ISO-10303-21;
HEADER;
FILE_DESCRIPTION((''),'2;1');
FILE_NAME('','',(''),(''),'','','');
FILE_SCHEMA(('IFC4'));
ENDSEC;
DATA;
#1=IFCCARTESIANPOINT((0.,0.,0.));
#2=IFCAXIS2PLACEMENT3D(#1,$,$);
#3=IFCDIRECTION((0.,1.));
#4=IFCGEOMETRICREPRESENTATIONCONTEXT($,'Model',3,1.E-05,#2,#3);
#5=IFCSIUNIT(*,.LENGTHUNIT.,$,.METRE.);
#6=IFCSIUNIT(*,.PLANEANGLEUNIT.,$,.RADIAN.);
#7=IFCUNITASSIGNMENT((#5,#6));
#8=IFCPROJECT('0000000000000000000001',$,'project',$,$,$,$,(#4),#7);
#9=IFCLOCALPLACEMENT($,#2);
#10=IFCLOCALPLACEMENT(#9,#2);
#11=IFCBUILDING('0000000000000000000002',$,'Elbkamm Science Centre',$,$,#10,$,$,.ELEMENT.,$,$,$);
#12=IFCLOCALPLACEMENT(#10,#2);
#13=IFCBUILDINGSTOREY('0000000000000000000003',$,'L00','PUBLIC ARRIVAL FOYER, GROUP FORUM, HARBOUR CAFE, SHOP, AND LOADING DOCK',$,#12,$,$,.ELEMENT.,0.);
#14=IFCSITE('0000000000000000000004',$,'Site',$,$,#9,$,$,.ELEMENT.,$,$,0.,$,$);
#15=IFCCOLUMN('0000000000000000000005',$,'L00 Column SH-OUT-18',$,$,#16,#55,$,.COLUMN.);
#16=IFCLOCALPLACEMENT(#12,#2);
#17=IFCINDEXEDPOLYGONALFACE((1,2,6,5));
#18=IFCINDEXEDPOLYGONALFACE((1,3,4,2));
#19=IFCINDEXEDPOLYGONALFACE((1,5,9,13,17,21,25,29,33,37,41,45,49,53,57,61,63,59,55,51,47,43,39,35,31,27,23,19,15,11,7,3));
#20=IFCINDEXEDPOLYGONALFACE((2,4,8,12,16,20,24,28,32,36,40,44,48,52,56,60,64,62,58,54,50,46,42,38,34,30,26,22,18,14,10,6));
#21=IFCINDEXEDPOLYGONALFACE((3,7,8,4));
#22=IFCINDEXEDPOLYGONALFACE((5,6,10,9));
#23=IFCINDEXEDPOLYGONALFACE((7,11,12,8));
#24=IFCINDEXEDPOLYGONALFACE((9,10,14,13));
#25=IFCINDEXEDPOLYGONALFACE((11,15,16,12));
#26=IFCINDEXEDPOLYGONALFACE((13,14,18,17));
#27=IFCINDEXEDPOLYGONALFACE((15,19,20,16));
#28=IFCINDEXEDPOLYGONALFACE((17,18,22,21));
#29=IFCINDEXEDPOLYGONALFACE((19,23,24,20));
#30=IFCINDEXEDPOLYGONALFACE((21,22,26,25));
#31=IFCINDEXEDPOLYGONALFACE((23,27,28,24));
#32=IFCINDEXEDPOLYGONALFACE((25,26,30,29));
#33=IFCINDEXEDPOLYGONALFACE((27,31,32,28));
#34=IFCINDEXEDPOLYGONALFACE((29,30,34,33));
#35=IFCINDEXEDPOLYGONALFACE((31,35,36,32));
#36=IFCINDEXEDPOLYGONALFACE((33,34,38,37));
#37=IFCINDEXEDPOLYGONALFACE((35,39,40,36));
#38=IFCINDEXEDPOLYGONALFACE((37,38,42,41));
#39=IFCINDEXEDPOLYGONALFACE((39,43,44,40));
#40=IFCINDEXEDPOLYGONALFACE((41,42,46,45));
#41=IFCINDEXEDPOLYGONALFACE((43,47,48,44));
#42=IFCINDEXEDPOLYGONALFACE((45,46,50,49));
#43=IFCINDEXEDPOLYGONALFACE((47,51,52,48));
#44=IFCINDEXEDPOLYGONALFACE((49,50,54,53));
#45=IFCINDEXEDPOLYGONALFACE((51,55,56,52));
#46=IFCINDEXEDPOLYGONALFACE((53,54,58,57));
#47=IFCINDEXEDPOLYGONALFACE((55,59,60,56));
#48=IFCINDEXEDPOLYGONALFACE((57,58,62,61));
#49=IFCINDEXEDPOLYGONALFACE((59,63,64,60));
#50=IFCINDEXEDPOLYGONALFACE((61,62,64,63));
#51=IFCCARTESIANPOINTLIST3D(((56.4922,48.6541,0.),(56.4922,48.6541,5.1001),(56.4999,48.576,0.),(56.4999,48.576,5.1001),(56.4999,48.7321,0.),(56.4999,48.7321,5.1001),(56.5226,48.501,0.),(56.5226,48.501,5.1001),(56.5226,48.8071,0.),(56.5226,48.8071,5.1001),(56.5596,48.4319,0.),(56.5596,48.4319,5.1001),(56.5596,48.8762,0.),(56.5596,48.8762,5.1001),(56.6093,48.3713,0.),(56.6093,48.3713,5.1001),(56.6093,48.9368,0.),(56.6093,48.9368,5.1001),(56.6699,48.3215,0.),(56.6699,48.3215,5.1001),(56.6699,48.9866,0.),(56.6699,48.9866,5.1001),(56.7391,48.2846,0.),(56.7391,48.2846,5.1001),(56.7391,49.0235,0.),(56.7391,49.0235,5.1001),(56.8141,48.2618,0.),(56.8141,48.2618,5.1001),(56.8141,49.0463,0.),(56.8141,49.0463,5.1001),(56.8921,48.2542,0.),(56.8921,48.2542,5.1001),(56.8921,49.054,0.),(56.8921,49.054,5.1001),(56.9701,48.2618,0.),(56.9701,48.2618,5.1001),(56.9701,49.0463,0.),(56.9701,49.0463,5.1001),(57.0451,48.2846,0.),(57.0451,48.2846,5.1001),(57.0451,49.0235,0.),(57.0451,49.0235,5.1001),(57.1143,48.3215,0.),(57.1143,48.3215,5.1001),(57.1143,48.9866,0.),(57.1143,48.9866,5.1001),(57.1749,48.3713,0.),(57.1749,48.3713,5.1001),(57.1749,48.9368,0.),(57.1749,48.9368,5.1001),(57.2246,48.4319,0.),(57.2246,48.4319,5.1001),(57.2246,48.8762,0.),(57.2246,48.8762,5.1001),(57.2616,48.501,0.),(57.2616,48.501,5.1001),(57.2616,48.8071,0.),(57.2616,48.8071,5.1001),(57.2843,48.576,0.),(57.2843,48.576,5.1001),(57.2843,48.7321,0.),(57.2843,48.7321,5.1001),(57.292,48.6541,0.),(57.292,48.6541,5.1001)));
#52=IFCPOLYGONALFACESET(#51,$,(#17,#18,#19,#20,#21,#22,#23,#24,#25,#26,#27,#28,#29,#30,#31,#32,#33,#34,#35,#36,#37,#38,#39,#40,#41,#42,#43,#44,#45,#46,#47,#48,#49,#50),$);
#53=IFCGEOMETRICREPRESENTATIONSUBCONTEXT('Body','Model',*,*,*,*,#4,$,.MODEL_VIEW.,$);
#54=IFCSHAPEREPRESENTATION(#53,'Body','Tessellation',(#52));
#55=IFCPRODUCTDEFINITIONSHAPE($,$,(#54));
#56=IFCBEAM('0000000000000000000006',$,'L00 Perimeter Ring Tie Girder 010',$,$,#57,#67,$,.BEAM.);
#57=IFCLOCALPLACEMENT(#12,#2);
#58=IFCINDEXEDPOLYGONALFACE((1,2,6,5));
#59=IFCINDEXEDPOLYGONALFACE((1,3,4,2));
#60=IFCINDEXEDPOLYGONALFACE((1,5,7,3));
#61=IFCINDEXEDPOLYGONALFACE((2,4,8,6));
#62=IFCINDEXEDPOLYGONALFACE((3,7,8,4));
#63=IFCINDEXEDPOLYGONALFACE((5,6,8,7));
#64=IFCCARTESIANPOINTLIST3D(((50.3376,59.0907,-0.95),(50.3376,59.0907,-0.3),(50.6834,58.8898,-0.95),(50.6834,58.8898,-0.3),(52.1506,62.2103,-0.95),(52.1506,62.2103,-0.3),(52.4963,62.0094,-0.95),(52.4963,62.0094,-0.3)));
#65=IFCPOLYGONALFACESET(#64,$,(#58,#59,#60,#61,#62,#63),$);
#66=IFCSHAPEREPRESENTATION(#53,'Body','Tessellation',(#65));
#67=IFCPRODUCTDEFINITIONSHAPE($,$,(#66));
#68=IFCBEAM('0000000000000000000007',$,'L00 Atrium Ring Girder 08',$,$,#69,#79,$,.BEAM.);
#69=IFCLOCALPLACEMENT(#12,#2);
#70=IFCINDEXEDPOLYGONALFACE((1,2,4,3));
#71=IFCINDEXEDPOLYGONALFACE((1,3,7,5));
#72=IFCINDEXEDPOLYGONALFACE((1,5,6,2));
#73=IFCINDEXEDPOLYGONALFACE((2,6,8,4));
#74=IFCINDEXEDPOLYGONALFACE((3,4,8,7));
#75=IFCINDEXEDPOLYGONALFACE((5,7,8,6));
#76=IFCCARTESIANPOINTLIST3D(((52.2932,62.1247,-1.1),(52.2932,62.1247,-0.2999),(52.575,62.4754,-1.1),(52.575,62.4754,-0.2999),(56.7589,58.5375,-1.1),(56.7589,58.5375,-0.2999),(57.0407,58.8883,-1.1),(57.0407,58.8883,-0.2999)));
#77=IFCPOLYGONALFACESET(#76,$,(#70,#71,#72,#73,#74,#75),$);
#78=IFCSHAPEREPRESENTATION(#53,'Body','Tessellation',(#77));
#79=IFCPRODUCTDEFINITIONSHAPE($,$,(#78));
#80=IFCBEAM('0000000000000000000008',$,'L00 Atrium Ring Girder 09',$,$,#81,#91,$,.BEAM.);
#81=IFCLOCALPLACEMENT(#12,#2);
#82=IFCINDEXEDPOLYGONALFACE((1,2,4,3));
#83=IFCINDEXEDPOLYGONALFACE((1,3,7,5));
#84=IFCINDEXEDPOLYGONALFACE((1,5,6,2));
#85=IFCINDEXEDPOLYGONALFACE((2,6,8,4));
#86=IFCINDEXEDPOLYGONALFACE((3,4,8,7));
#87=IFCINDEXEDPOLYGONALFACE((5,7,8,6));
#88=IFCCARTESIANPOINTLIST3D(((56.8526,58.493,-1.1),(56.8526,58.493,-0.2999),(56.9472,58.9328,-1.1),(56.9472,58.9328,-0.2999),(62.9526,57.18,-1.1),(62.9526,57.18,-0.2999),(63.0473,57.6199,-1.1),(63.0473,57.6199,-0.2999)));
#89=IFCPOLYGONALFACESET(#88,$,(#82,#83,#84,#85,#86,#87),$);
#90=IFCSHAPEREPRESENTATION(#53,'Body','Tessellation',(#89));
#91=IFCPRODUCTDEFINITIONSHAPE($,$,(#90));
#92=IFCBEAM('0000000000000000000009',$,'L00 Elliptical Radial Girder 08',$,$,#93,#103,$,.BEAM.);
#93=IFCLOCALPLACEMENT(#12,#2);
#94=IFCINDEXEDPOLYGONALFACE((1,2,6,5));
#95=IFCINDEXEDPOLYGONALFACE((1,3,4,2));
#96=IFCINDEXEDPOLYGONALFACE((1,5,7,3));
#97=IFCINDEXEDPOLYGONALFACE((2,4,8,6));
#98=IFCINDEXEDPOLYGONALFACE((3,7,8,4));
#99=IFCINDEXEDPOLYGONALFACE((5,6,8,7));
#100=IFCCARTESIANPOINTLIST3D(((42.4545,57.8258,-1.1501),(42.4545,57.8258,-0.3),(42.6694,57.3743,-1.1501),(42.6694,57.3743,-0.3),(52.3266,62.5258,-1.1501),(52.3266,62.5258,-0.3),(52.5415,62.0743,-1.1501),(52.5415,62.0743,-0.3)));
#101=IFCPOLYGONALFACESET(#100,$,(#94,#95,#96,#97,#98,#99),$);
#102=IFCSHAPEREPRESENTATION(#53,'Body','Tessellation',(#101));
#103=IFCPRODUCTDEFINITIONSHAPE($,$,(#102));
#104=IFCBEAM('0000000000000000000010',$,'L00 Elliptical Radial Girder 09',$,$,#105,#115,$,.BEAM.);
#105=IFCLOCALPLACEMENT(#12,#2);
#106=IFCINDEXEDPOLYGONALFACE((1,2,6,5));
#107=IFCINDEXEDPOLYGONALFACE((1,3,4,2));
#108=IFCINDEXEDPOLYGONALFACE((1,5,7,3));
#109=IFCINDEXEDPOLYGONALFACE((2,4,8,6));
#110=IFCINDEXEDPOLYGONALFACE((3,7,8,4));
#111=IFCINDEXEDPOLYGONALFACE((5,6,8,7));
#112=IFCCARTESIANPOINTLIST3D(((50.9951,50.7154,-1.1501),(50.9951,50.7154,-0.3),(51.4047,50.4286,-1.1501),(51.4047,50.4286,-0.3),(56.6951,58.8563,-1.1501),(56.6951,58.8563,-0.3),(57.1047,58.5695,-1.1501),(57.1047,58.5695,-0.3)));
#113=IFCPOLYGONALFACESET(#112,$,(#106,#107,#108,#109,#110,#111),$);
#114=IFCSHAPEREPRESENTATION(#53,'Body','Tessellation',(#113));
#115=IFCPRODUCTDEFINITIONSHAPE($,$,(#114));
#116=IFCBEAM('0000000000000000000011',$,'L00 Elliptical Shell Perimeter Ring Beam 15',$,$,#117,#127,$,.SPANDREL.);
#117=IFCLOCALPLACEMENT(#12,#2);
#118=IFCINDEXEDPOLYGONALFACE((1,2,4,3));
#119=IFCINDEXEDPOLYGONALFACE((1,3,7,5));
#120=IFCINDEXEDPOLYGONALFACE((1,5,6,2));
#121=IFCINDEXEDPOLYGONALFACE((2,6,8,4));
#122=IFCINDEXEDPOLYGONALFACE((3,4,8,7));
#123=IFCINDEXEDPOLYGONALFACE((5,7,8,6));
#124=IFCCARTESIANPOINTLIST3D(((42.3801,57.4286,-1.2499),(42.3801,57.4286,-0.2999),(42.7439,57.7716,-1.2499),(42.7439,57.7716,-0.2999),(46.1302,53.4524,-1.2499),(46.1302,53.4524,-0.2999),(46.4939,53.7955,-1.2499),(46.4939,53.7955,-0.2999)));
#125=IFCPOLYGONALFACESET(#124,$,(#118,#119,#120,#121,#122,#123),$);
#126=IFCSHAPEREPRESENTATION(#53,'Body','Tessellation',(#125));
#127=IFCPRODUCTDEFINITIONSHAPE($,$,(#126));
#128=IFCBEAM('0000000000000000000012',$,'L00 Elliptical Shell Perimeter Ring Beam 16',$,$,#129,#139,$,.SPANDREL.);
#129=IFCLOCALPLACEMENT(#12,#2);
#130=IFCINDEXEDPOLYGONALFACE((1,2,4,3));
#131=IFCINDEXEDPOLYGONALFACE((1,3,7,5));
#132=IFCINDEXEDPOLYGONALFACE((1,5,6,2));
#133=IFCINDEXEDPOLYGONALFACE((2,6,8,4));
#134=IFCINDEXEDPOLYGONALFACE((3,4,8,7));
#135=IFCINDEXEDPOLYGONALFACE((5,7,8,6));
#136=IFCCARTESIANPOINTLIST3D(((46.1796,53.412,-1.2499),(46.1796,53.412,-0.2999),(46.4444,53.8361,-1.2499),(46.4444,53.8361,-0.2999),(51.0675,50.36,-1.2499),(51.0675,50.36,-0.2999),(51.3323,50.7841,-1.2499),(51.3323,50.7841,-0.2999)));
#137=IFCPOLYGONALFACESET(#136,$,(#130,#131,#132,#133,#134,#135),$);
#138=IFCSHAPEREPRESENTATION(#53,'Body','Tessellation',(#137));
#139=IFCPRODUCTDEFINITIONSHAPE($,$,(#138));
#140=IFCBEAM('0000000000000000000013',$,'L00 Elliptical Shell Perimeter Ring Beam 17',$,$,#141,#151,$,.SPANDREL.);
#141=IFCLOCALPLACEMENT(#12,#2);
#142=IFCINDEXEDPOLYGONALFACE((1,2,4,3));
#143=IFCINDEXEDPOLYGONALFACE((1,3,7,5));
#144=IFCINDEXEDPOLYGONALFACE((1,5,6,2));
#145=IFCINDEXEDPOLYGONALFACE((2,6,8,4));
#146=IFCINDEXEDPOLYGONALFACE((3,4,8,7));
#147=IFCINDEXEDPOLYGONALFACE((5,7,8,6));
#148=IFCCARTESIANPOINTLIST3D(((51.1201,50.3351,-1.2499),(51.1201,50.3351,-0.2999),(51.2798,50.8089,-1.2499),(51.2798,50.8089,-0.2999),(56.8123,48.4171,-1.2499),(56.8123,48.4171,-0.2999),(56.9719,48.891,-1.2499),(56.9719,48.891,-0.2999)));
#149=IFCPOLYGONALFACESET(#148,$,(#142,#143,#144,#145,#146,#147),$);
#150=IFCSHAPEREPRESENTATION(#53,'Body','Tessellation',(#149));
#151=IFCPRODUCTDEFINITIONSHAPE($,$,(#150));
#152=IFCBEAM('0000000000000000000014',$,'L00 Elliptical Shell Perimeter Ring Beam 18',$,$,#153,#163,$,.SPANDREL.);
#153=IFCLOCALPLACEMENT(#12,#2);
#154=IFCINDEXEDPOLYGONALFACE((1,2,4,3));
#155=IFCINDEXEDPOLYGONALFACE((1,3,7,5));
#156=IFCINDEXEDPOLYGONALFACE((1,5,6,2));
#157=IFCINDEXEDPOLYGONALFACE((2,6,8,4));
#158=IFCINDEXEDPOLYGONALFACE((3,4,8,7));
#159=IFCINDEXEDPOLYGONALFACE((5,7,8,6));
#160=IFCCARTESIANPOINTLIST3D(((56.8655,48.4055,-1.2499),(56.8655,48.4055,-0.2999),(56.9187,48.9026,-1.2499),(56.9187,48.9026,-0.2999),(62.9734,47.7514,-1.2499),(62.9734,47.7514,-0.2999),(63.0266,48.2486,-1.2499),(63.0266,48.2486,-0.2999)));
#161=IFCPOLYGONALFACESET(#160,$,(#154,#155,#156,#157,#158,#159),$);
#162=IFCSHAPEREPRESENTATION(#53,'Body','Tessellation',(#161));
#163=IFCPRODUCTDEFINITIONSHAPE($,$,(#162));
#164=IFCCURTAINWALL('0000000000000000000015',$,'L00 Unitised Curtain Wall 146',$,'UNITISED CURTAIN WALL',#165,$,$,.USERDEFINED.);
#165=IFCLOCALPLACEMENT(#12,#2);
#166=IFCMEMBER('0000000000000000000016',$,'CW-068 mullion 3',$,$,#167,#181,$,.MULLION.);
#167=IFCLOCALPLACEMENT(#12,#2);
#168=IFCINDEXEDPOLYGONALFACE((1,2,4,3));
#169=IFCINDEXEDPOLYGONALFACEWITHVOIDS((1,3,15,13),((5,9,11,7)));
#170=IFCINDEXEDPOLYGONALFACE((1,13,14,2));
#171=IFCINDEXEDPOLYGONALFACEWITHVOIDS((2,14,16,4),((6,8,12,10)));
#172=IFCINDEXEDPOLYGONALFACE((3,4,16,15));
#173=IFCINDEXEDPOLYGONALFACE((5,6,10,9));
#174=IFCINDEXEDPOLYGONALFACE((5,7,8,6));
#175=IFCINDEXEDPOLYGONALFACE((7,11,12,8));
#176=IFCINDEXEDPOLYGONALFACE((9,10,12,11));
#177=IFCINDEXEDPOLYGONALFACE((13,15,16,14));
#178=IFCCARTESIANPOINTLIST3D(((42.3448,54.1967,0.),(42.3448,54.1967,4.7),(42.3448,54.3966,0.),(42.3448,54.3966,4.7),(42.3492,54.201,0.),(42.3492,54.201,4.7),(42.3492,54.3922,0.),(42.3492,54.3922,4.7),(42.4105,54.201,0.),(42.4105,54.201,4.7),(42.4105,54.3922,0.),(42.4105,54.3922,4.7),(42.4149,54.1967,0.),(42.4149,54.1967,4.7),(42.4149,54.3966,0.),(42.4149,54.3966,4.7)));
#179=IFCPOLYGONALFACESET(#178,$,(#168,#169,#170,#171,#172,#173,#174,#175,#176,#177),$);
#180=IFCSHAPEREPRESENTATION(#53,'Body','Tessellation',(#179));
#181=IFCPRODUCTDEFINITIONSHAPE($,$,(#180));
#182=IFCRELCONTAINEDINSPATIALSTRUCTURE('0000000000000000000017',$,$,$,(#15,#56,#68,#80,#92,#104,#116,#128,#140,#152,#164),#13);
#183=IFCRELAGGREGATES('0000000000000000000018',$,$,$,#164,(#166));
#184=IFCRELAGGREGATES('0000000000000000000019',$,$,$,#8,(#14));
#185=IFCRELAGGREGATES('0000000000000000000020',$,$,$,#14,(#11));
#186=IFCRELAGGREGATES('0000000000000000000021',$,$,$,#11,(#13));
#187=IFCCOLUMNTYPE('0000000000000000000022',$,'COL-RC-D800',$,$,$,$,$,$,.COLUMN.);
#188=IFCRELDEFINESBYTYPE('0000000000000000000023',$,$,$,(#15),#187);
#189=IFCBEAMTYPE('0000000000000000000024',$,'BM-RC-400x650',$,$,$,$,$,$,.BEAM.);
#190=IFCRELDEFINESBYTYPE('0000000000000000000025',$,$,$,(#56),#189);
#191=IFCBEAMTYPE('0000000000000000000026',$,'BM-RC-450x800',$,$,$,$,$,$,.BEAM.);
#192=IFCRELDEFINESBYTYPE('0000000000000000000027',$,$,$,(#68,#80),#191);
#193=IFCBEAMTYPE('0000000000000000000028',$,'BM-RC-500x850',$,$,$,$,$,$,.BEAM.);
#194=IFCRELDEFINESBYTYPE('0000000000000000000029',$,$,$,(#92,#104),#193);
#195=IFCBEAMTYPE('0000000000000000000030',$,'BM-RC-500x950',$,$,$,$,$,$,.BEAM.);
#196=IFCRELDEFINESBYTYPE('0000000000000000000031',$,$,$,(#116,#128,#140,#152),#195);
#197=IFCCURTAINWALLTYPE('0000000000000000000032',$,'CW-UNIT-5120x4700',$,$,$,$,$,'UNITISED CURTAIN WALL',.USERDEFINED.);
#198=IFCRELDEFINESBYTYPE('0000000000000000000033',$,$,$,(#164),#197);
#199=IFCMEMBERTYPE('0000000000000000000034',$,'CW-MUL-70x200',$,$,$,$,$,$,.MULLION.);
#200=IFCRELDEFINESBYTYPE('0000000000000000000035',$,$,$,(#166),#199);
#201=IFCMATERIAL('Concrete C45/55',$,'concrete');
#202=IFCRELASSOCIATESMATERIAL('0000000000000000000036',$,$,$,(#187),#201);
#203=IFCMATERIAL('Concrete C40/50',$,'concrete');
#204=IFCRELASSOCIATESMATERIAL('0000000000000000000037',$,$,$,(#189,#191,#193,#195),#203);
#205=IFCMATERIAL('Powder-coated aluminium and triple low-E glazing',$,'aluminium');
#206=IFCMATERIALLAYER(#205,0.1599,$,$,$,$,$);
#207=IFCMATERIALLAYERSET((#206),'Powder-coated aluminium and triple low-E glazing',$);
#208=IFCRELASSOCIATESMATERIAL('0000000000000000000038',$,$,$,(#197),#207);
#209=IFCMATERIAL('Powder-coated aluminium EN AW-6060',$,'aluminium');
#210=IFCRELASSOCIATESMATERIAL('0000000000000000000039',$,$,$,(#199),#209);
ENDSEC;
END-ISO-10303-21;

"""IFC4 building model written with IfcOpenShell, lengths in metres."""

from ifc_helpers import new_model, si_unit, direction, frame, origin, origin_2d, place, context, subcontext, project, spatial, rectangle, hollow_rectangle, circle, extrude, material, layer, layer_set, material_profile, profile_set, type_object, element, aggregate, save


model = new_model("IFC4")

# Units and contexts
model_context = context("Model", 3, precision=1e-05, world=origin(), true_north=direction((0.0, 1.0)))
body_context = subcontext(model_context, "Body", "Model", "MODEL_VIEW")
ifc_project = project(units=[si_unit("LENGTHUNIT", "METRE"), si_unit("PLANEANGLEUNIT", "RADIAN")], contexts=[model_context])

# Site, building, storey
site_placement = place(None, origin())
site = spatial("IfcSite", under=ifc_project, at=site_placement, Name="Site", CompositionType="ELEMENT", RefElevation=0.0)
building_placement = place(site_placement, origin())
building = spatial("IfcBuilding", under=site, at=building_placement, Name="Elbkamm Science Centre", CompositionType="ELEMENT")
storey_placement = place(building_placement, origin())
storey = spatial("IfcBuildingStorey", under=building, at=storey_placement, Name="L00", Description="PUBLIC ARRIVAL FOYER, GROUP FORUM, HARBOUR CAFE, SHOP, AND LOADING DOCK", CompositionType="ELEMENT", Elevation=0.0)

# Column
ifc_material_1 = material(Name="Concrete C40/50", Category="concrete")
ifc_material_2 = material(Name="Concrete C45/55", Category="concrete")
ifc_material_profile_1 = material_profile(ifc_material_2, circle(Radius=0.3999, at=origin_2d()), Name="RC D800")
ifc_profile_set_1 = profile_set([ifc_material_profile_1], Name="Concrete C45/55")
column_type_1 = type_object("IfcColumnType", Name="COL-RC-D800", PredefinedType="COLUMN", material=ifc_profile_set_1)
for number, where, z_axis, x_axis, name in (
    (1, (56.8921, 48.6541, 0.0), (0.0, 0.0, 1.0), (1.0, 0.0, 0.0), "L00 Column SH-OUT-18"),
):
    element("IfcColumn", number, at=place(storey_placement, frame(where, z_axis=z_axis, x_axis=x_axis)), inside=storey, type_object=column_type_1, Name=name, PredefinedType="COLUMN", context=body_context, shape_type="SweptSolid", body=[
        extrude(circle(Radius=0.3999, at=origin_2d()), origin(), (0.0, 0.0, 1.0), 5.1001),
    ])

# Beams
ifc_material_profile_2 = material_profile(ifc_material_1, rectangle(XDim=0.3999, YDim=0.6499, at=origin_2d()), Name="RC 400x650")
ifc_profile_set_2 = profile_set([ifc_material_profile_2], Name="Concrete C40/50")
beam_type_1 = type_object("IfcBeamType", Name="BM-RC-400x650", PredefinedType="BEAM", material=ifc_profile_set_2)
beam_1_placement = place(storey_placement, frame((50.5105, 58.9902, -0.625), z_axis=(0.502465, 0.864597, 0.0), x_axis=(-0.864597, 0.502465, 0.0)))
element("IfcBeam", 2, at=beam_1_placement, inside=storey, type_object=beam_type_1, Name="L00 Perimeter Ring Tie Girder 010", PredefinedType="BEAM", context=body_context, shape_type="SweptSolid", body=[
    extrude(rectangle(XDim=0.3999, YDim=0.6499, at=origin_2d()), origin(), (0.0, 0.0, 1.0), 3.6082),
])
ifc_material_profile_3 = material_profile(ifc_material_1, rectangle(XDim=0.45, YDim=0.8, at=origin_2d()), Name="RC 450x800")
ifc_profile_set_3 = profile_set([ifc_material_profile_3], Name="Concrete C40/50")
beam_type_2 = type_object("IfcBeamType", Name="BM-RC-450x800", PredefinedType="BEAM", material=ifc_profile_set_3)
beam_2_placement = place(storey_placement, frame((52.4341, 62.3, -0.7), z_axis=(0.779632, -0.626238, 0.0), x_axis=(0.626238, 0.779632, 0.0)))
element("IfcBeam", 3, at=beam_2_placement, inside=storey, type_object=beam_type_2, Name="L00 Atrium Ring Girder 08", PredefinedType="BEAM", context=body_context, shape_type="SweptSolid", body=[
    extrude(rectangle(XDim=0.45, YDim=0.8, at=origin_2d()), origin(), (0.0, 0.0, 1.0), 5.728),
])
beam_3_placement = place(storey_placement, frame((56.8999, 58.7129, -0.7), z_axis=(0.977611, -0.210421, 0.0), x_axis=(0.210421, 0.977611, 0.0)))
element("IfcBeam", 4, at=beam_3_placement, inside=storey, type_object=beam_type_2, Name="L00 Atrium Ring Girder 09", PredefinedType="BEAM", context=body_context, shape_type="SweptSolid", body=[
    extrude(rectangle(XDim=0.45, YDim=0.8, at=origin_2d()), origin(), (0.0, 0.0, 1.0), 6.2397),
])
ifc_material_profile_4 = material_profile(ifc_material_1, rectangle(XDim=0.5, YDim=0.8501, at=origin_2d()), Name="RC 500x850")
ifc_profile_set_4 = profile_set([ifc_material_profile_4], Name="Concrete C40/50")
beam_type_3 = type_object("IfcBeamType", Name="BM-RC-500x850", PredefinedType="BEAM", material=ifc_profile_set_4)
beam_4_placement = place(storey_placement, frame((52.4341, 62.3, -0.7251), z_axis=(-0.902897, -0.429856, 0.0), x_axis=(0.429856, -0.902897, 0.0)))
element("IfcBeam", 5, at=beam_4_placement, inside=storey, type_object=beam_type_3, Name="L00 Elliptical Radial Girder 08", PredefinedType="BEAM", context=body_context, shape_type="SweptSolid", body=[
    extrude(rectangle(XDim=0.5, YDim=0.8501, at=origin_2d()), origin(), (0.0, 0.0, 1.0), 10.9338),
])
beam_5_placement = place(storey_placement, frame((56.8999, 58.7129, -0.7251), z_axis=(-0.573553, -0.819168, 0.0), x_axis=(0.819168, -0.573553, 0.0)))
element("IfcBeam", 6, at=beam_5_placement, inside=storey, type_object=beam_type_3, Name="L00 Elliptical Radial Girder 09", PredefinedType="BEAM", context=body_context, shape_type="SweptSolid", body=[
    extrude(rectangle(XDim=0.5, YDim=0.8501, at=origin_2d()), origin(), (0.0, 0.0, 1.0), 9.938),
])
ifc_material_profile_5 = material_profile(ifc_material_1, rectangle(XDim=0.5, YDim=0.95, at=origin_2d()), Name="RC 500x950")
ifc_profile_set_5 = profile_set([ifc_material_profile_5], Name="Concrete C40/50")
beam_type_4 = type_object("IfcBeamType", Name="BM-RC-500x950", PredefinedType="BEAM", material=ifc_profile_set_5)
beam_6_placement = place(storey_placement, frame((42.562, 57.6001, -0.7749), z_axis=(0.686122, -0.727486, 0.0), x_axis=(0.727486, 0.686122, 0.0)))
element("IfcBeam", 7, at=beam_6_placement, inside=storey, type_object=beam_type_4, Name="L00 Elliptical Shell Perimeter Ring Beam 15", PredefinedType="SPANDREL", context=body_context, shape_type="SweptSolid", body=[
    extrude(rectangle(XDim=0.5, YDim=0.95, at=origin_2d()), origin(), (0.0, 0.0, 1.0), 5.4656),
])
beam_7_placement = place(storey_placement, frame((46.312, 53.624, -0.7749), z_axis=(0.848229, -0.529629, 0.0), x_axis=(0.529629, 0.848229, 0.0)))
element("IfcBeam", 8, at=beam_7_placement, inside=storey, type_object=beam_type_4, Name="L00 Elliptical Shell Perimeter Ring Beam 16", PredefinedType="SPANDREL", context=body_context, shape_type="SweptSolid", body=[
    extrude(rectangle(XDim=0.5, YDim=0.95, at=origin_2d()), origin(), (0.0, 0.0, 1.0), 5.7625),
])
beam_8_placement = place(storey_placement, frame((51.2, 50.572, -0.7749), z_axis=(0.94765, -0.319311, 0.0), x_axis=(0.319311, 0.94765, 0.0)))
element("IfcBeam", 9, at=beam_8_placement, inside=storey, type_object=beam_type_4, Name="L00 Elliptical Shell Perimeter Ring Beam 17", PredefinedType="SPANDREL", context=body_context, shape_type="SweptSolid", body=[
    extrude(rectangle(XDim=0.5, YDim=0.95, at=origin_2d()), origin(), (0.0, 0.0, 1.0), 6.0066),
])
beam_9_placement = place(storey_placement, frame((56.8921, 48.6541, -0.7749), z_axis=(0.994315, -0.106474, 0.0), x_axis=(0.106474, 0.994315, 0.0)))
element("IfcBeam", 10, at=beam_9_placement, inside=storey, type_object=beam_type_4, Name="L00 Elliptical Shell Perimeter Ring Beam 18", PredefinedType="SPANDREL", context=body_context, shape_type="SweptSolid", body=[
    extrude(rectangle(XDim=0.5, YDim=0.95, at=origin_2d()), origin(), (0.0, 0.0, 1.0), 6.1428),
])

# Curtain wall, member
ifc_material_3 = material(Name="Powder-coated aluminium and triple low-E glazing", Category="aluminium")
ifc_layer_1 = layer(ifc_material_3, 0.1599)
ifc_layer_set_1 = layer_set([ifc_layer_1], Name="Powder-coated aluminium and triple low-E glazing")
curtain_wall_type = type_object("IfcCurtainWallType", Name="CW-UNIT-5120x4700", ElementType="UNITISED CURTAIN WALL", PredefinedType="USERDEFINED", material=ifc_layer_set_1)
curtain_wall_placement = place(storey_placement, origin())
curtain_wall = element("IfcCurtainWall", 11, at=curtain_wall_placement, inside=storey, type_object=curtain_wall_type, Name="L00 Unitised Curtain Wall 146", ObjectType="UNITISED CURTAIN WALL", PredefinedType="USERDEFINED")
ifc_material_4 = material(Name="Powder-coated aluminium EN AW-6060", Category="aluminium")
ifc_material_profile_6 = material_profile(ifc_material_4, hollow_rectangle(XDim=0.0701, YDim=0.2, WallThickness=0.0044, at=origin_2d()), Name="ALU M70x200")
ifc_profile_set_6 = profile_set([ifc_material_profile_6], Name="Powder-coated aluminium EN AW-6060")
member_type_1 = type_object("IfcMemberType", Name="CW-MUL-70x200", PredefinedType="MULLION", material=ifc_profile_set_6)
member_1_placement = place(storey_placement, frame((42.3799, 54.2966, 0.0), z_axis=(0.0, 0.0, 1.0), x_axis=(-1.0, 0.0, 0.0)))
member_1 = element("IfcMember", 12, at=member_1_placement, type_object=member_type_1, Name="CW-068 mullion 3", PredefinedType="MULLION", context=body_context, shape_type="SweptSolid", body=[
    extrude(hollow_rectangle(XDim=0.0701, YDim=0.2, WallThickness=0.0044, at=origin_2d()), origin(), (0.0, 0.0, 1.0), 4.7),
])
aggregate(curtain_wall, [member_1])

save(model, "model.ifc")
